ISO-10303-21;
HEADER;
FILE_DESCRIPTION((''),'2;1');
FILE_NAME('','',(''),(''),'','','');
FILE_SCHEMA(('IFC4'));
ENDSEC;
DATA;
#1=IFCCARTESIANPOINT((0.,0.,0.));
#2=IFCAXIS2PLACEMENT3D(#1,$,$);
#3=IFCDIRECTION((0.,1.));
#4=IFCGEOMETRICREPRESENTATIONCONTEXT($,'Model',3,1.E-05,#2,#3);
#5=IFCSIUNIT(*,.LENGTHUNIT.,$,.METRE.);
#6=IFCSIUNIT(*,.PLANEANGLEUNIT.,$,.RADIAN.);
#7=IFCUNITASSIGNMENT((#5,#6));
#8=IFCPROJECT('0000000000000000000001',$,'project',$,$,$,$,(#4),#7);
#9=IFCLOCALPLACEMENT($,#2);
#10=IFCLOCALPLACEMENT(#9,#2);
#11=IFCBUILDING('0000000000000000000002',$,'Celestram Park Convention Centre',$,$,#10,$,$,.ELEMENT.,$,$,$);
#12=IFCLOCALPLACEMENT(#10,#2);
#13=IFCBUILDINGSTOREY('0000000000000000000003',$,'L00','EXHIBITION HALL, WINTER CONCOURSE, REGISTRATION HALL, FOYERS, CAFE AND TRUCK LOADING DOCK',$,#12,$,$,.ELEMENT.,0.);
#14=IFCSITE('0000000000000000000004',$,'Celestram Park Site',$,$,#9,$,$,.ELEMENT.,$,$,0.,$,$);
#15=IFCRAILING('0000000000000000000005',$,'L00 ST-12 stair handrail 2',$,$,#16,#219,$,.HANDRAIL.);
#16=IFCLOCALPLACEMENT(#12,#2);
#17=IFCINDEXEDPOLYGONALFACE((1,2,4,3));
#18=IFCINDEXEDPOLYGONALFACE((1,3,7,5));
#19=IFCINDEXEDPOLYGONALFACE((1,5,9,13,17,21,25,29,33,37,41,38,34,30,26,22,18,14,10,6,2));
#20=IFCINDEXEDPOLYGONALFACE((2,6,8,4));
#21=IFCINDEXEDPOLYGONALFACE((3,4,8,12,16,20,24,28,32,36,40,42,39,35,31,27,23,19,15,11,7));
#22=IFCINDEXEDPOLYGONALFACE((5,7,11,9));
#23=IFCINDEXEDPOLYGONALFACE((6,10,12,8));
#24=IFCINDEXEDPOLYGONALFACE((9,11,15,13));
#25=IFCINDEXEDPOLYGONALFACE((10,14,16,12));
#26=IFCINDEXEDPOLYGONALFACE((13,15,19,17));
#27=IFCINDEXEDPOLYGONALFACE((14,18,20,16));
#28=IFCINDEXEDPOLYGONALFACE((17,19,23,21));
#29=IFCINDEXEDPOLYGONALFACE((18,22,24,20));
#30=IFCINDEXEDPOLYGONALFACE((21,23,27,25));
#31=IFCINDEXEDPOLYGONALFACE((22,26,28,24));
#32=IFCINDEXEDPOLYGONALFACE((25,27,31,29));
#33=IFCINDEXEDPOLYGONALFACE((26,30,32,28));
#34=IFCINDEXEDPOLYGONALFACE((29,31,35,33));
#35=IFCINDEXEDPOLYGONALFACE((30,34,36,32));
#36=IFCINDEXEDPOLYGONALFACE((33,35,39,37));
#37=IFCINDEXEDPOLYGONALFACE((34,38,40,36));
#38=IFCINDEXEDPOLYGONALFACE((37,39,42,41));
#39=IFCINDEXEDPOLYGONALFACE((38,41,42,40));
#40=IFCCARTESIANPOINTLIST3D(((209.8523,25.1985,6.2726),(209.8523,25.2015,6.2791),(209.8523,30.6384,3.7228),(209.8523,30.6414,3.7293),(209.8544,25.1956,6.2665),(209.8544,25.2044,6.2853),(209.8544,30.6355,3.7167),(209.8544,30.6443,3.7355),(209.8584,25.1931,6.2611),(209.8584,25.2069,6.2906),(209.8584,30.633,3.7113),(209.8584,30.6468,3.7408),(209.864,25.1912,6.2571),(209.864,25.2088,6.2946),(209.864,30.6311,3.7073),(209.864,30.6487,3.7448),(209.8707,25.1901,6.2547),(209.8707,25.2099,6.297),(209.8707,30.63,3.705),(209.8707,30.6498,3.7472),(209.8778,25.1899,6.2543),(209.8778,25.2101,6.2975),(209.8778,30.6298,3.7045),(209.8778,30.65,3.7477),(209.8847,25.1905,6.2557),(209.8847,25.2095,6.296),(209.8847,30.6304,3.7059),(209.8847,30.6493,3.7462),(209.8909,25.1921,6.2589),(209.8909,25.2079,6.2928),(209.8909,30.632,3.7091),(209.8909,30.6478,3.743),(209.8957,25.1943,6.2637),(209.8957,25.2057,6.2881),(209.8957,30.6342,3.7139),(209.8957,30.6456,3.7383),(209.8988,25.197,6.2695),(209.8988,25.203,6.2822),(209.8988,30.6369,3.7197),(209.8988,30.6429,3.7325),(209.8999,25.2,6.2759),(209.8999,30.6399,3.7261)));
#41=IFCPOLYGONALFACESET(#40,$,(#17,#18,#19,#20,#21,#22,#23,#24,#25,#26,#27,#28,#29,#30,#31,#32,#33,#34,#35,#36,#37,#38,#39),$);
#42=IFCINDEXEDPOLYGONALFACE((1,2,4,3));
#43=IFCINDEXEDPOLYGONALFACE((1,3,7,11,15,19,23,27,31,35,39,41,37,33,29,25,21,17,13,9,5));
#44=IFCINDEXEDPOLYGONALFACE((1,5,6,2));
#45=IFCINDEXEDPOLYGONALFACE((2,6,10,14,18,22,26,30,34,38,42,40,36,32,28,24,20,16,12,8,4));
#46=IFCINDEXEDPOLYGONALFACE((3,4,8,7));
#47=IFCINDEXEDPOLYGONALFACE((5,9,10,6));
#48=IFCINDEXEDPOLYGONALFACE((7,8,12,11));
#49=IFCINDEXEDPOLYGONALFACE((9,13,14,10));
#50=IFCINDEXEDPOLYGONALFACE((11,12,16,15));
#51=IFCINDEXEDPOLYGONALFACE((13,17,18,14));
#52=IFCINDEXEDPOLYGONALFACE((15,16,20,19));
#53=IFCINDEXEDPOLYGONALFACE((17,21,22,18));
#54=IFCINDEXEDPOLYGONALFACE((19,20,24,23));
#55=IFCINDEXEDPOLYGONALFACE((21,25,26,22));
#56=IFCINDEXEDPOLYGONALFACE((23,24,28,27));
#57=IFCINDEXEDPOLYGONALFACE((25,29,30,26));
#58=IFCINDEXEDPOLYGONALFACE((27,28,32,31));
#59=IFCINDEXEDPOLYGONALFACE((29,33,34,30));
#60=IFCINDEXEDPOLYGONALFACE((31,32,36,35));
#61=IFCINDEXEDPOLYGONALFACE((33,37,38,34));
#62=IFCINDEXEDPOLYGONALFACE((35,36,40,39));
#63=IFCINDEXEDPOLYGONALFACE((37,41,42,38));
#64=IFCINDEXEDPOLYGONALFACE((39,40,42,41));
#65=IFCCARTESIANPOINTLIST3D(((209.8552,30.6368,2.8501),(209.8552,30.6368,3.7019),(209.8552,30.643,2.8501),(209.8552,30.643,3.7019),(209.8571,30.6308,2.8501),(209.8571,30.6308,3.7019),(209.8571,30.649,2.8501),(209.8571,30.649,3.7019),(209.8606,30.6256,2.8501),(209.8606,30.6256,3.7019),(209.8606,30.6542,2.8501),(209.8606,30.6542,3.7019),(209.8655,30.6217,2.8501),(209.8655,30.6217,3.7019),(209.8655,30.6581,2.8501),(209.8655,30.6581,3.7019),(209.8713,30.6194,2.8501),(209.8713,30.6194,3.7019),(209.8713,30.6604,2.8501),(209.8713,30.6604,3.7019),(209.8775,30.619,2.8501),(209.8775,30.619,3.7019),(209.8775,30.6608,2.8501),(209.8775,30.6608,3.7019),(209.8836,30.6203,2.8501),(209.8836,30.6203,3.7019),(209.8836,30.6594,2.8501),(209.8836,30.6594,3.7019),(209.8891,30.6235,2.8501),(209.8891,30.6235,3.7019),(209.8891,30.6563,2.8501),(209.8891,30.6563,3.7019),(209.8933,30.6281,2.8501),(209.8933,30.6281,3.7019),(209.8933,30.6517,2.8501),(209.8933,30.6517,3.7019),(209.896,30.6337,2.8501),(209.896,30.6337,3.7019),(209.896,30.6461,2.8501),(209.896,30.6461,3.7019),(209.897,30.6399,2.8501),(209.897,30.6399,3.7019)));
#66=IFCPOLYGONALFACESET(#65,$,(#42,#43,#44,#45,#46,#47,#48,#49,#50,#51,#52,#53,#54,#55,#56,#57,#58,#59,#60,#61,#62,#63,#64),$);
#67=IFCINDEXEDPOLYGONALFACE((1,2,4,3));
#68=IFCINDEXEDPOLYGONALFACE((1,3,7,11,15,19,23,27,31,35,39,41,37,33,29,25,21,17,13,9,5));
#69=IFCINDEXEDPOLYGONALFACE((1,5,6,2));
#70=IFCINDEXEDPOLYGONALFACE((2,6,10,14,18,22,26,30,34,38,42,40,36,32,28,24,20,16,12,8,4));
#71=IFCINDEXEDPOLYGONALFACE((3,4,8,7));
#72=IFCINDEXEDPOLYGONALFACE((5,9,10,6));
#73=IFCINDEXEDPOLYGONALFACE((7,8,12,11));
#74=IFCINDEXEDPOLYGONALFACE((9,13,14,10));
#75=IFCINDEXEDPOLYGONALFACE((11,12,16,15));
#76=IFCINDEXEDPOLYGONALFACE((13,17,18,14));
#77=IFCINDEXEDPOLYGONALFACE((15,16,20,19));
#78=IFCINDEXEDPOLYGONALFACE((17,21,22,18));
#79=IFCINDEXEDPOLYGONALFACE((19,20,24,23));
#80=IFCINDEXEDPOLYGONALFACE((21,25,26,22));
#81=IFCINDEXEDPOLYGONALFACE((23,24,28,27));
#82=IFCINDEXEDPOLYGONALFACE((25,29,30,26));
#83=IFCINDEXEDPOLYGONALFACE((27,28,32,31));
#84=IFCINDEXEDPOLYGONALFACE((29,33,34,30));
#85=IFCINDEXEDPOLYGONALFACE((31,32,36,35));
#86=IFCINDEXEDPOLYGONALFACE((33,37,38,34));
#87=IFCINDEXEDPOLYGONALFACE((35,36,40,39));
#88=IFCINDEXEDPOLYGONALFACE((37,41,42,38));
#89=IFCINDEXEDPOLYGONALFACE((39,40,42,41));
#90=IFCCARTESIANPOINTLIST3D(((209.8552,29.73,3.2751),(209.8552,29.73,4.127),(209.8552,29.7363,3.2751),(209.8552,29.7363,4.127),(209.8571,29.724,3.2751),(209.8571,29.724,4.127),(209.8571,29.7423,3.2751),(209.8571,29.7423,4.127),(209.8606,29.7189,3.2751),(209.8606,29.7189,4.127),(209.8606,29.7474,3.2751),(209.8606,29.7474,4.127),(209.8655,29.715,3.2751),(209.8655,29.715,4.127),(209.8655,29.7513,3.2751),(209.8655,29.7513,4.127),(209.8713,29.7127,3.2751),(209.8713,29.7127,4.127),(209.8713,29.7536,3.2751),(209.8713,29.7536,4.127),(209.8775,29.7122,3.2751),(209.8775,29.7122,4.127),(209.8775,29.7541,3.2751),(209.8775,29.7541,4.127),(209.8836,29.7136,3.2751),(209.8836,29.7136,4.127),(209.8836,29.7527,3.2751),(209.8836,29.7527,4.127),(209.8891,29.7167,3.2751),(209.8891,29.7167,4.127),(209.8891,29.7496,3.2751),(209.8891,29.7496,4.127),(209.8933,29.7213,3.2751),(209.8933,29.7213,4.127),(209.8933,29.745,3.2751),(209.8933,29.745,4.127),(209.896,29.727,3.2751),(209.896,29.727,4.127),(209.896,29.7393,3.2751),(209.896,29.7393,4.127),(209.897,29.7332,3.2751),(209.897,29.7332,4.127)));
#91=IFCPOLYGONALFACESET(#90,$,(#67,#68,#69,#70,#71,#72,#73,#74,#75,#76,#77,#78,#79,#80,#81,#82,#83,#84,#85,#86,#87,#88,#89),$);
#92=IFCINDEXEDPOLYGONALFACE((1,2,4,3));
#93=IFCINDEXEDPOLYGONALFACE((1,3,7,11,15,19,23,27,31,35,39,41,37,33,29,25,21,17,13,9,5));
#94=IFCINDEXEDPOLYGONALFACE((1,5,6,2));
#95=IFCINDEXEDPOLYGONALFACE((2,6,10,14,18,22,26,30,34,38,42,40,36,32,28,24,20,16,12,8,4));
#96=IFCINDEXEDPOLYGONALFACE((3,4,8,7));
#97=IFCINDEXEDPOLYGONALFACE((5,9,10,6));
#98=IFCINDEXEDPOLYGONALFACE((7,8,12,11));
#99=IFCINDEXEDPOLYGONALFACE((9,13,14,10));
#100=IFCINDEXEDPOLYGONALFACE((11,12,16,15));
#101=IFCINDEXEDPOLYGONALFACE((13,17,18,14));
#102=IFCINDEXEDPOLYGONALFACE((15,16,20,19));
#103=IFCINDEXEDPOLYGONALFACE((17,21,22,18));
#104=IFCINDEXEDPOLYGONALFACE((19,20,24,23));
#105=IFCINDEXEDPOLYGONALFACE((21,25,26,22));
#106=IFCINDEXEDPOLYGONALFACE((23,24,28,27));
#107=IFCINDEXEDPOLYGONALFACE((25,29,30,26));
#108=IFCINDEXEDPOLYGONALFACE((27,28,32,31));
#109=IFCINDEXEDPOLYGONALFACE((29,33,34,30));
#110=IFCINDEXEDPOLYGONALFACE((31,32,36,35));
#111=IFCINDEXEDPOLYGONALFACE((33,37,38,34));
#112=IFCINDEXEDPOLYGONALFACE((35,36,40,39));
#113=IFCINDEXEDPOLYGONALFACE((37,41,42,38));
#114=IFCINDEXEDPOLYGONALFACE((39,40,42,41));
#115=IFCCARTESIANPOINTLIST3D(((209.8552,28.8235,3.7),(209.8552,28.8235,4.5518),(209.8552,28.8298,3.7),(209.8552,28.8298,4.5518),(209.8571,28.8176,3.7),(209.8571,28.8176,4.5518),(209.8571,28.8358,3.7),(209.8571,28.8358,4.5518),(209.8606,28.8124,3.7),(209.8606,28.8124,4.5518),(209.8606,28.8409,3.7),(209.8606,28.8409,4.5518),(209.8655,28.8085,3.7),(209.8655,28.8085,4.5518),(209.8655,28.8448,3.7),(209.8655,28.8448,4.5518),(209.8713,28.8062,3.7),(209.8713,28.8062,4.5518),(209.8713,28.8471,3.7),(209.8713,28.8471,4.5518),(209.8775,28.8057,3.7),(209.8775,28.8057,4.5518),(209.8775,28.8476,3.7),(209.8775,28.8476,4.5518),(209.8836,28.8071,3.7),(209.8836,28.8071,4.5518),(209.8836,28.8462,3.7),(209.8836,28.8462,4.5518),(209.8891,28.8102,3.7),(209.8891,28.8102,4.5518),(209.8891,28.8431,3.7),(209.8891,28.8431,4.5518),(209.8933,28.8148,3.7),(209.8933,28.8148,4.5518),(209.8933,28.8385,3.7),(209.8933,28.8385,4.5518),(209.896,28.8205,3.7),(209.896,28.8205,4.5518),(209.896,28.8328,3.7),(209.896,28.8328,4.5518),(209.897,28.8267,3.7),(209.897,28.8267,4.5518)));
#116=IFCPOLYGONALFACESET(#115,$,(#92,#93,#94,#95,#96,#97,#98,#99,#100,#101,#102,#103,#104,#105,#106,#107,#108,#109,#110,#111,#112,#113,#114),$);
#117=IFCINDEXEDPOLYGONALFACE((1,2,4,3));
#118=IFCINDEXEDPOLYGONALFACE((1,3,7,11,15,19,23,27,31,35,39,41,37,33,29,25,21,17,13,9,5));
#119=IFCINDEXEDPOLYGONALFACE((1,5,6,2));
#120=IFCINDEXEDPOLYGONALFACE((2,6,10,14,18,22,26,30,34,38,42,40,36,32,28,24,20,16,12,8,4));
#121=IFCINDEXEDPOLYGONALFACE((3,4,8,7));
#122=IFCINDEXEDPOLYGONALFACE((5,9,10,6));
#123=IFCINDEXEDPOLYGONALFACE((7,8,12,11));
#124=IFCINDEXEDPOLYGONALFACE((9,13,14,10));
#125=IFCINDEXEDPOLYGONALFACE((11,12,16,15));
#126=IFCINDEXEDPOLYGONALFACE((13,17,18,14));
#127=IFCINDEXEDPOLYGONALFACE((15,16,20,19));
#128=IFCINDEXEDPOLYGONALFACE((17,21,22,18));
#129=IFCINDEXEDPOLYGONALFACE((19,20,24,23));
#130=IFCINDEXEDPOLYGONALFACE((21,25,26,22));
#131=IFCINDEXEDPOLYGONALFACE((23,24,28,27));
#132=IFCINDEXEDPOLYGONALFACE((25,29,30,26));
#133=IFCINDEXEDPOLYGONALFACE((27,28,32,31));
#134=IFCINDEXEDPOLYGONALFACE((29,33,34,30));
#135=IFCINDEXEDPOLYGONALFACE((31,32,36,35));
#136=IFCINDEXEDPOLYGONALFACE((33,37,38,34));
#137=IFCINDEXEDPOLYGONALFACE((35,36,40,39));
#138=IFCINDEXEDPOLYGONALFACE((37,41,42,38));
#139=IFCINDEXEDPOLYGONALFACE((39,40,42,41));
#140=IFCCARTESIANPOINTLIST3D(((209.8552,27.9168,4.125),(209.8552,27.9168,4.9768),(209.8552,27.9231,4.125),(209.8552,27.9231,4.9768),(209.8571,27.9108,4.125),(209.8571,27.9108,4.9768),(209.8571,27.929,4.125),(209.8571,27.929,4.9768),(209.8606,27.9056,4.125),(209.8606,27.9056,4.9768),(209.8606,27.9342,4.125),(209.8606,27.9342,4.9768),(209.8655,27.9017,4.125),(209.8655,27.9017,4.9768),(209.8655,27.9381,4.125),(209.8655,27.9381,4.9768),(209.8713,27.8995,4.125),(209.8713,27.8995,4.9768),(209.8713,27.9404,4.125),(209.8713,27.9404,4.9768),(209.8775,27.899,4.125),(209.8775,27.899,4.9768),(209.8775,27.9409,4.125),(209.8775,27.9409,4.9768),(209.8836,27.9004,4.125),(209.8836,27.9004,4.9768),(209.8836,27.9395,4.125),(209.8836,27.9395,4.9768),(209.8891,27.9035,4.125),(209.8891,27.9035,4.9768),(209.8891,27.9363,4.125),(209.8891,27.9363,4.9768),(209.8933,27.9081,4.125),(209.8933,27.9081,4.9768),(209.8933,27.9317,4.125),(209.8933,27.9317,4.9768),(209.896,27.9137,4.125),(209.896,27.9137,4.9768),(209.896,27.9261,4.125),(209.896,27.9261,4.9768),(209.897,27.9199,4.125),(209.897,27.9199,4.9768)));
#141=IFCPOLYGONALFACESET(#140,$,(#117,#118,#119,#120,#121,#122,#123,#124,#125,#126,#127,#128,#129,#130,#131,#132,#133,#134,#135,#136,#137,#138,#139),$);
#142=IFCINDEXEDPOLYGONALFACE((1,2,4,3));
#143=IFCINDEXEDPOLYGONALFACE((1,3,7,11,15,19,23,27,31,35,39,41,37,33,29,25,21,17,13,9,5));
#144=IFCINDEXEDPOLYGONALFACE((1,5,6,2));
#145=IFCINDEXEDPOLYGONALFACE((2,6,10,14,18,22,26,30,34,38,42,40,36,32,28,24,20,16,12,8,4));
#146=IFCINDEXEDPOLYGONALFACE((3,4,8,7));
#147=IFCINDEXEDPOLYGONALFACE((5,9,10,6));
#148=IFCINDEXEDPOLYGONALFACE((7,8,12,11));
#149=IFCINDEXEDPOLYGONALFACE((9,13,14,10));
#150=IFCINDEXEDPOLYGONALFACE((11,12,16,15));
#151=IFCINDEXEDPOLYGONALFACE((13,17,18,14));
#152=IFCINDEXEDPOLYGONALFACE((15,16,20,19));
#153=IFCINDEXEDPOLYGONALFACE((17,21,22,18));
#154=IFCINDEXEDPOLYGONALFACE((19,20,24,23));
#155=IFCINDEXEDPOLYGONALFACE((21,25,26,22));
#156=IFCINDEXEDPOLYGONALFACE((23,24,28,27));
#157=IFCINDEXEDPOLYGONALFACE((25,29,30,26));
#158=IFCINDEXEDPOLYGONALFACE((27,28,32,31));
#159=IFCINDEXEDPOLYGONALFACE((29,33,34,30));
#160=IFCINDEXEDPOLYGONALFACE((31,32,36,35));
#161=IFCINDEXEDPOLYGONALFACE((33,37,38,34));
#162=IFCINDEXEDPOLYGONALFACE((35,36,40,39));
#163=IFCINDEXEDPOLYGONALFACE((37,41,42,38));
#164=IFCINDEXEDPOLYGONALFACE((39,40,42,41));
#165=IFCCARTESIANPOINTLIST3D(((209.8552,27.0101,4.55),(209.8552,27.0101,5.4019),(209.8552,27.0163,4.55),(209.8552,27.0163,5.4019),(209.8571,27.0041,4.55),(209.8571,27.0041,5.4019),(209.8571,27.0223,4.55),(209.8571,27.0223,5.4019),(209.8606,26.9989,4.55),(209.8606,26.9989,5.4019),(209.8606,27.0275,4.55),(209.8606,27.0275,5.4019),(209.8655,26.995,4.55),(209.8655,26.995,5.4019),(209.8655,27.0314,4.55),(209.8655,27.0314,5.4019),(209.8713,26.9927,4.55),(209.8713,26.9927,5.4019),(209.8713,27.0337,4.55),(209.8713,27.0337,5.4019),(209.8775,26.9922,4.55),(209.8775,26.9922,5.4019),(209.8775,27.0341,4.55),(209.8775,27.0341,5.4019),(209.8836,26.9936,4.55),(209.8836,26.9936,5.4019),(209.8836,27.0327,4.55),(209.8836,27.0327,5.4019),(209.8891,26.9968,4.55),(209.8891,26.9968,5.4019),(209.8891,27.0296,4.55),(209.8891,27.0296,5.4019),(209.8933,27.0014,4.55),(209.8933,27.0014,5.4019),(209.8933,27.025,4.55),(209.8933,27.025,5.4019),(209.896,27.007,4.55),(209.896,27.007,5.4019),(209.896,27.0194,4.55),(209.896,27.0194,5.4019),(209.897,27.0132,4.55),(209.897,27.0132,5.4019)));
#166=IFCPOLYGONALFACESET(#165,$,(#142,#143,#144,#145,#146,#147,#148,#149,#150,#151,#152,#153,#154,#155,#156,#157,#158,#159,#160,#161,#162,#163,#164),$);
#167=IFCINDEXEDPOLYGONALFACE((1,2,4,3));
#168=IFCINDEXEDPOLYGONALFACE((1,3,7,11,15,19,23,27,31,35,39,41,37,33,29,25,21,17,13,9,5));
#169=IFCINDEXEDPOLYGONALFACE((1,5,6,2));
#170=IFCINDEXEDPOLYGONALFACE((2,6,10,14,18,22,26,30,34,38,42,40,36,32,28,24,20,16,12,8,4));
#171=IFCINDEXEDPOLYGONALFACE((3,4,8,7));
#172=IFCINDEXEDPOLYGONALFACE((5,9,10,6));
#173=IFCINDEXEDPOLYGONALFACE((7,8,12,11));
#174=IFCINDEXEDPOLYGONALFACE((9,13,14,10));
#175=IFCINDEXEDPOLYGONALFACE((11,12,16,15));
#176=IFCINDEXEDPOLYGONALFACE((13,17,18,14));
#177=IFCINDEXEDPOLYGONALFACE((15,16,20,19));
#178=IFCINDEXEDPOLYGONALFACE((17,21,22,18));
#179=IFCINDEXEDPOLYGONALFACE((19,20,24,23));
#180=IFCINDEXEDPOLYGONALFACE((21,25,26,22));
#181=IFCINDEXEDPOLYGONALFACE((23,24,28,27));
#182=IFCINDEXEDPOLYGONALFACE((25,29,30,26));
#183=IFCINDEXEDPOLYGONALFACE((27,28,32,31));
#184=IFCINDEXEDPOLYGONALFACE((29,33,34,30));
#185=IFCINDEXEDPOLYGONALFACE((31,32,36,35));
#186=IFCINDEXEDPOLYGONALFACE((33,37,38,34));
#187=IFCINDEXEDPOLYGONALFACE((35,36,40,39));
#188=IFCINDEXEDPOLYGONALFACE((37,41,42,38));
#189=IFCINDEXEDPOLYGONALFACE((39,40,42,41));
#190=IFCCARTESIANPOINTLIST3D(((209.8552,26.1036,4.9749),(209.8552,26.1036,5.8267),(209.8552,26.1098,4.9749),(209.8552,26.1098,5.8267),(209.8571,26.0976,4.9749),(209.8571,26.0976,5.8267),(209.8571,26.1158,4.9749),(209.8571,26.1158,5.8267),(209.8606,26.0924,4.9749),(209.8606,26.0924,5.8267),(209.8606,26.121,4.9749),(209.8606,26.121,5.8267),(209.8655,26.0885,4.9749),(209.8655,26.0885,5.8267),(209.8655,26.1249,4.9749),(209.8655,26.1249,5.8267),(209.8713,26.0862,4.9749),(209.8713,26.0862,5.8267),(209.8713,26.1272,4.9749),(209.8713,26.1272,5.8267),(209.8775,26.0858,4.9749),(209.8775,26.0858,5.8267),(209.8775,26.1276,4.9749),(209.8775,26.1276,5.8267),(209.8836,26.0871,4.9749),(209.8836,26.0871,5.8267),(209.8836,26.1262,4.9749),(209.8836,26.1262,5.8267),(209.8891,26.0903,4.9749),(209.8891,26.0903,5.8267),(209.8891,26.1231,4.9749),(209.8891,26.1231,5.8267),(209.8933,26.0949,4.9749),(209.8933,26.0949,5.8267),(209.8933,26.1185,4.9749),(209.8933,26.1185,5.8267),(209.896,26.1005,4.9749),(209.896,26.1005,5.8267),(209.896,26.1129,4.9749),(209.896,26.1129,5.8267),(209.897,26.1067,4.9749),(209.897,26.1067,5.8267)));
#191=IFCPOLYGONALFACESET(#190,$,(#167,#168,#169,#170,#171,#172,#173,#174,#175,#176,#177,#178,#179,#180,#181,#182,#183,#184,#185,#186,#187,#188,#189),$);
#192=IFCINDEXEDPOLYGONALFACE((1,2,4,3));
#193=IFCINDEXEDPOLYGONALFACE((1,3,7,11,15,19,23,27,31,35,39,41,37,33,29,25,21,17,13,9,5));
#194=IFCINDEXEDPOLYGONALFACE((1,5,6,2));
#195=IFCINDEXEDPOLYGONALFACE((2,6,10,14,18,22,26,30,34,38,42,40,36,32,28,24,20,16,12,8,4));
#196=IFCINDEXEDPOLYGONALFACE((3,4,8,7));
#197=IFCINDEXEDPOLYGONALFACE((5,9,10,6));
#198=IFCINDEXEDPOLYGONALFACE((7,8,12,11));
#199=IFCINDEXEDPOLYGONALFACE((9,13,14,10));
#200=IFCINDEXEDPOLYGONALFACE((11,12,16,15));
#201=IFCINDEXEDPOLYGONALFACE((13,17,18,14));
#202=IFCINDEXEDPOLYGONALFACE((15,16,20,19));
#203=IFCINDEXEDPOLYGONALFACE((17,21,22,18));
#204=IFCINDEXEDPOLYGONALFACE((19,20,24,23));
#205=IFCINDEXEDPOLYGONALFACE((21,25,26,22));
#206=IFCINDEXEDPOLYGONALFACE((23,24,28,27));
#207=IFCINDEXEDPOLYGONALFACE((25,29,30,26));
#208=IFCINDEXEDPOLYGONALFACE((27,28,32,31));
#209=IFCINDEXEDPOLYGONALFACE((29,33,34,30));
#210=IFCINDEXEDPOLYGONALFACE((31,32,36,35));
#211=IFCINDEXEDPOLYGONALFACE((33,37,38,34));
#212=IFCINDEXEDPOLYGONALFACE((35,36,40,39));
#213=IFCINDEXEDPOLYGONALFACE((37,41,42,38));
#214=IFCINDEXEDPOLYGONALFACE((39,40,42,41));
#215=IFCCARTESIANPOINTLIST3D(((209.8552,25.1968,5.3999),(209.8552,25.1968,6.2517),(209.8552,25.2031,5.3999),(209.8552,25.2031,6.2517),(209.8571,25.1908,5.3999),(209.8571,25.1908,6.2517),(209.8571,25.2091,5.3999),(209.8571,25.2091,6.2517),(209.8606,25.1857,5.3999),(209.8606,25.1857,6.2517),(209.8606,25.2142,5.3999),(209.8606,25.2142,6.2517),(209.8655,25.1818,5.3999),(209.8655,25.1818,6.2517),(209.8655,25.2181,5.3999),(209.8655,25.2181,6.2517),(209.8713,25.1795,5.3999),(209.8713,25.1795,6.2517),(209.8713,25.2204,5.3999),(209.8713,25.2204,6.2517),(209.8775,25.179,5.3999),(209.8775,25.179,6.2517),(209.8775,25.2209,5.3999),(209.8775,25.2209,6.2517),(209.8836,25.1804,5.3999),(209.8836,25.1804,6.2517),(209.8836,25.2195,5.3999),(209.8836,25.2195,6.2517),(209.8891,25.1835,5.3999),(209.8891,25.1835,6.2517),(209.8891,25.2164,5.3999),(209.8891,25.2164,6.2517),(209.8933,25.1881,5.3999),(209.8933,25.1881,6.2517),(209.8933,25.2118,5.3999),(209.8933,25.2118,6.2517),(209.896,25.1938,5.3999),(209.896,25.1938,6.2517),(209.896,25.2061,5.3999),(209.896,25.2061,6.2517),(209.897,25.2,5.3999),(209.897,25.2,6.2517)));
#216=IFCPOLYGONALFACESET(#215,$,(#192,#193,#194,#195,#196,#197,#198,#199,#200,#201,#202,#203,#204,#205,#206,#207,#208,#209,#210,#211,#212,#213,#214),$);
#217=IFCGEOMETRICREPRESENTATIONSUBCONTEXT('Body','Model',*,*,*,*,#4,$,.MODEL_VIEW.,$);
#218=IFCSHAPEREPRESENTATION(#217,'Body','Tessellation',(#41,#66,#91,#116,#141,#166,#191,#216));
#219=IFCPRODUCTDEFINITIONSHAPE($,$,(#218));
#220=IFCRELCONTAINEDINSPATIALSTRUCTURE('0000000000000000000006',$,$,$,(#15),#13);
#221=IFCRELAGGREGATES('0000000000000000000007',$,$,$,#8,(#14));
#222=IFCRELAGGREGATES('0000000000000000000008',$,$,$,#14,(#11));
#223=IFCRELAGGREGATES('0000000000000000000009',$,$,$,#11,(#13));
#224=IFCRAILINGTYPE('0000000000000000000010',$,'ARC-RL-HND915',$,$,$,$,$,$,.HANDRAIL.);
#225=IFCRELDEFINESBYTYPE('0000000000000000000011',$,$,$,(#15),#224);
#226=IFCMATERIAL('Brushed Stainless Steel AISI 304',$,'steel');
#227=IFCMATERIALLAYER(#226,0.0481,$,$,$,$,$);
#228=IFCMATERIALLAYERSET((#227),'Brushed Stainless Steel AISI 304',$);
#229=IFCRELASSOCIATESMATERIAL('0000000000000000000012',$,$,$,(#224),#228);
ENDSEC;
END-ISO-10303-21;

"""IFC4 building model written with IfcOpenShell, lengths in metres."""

from ifc_helpers import new_model, si_unit, direction, frame, origin, origin_2d, place, context, subcontext, project, spatial, circle, extrude, material, layer, layer_set, type_object, element, save


model = new_model("IFC4")

# Units and contexts
model_context = context("Model", 3, precision=1e-05, world=origin(), true_north=direction((0.0, 1.0)))
body_context = subcontext(model_context, "Body", "Model", "MODEL_VIEW")
ifc_project = project(units=[si_unit("LENGTHUNIT", "METRE"), si_unit("PLANEANGLEUNIT", "RADIAN")], contexts=[model_context])

# Site, building, storey
site_placement = place(None, origin())
site = spatial("IfcSite", under=ifc_project, at=site_placement, Name="Celestram Park Site", CompositionType="ELEMENT", RefElevation=0.0)
building_placement = place(site_placement, origin())
building = spatial("IfcBuilding", under=site, at=building_placement, Name="Celestram Park Convention Centre", CompositionType="ELEMENT")
storey_placement = place(building_placement, origin())
storey = spatial("IfcBuildingStorey", under=building, at=storey_placement, Name="L00", Description="EXHIBITION HALL, WINTER CONCOURSE, REGISTRATION HALL, FOYERS, CAFE AND TRUCK LOADING DOCK", CompositionType="ELEMENT", Elevation=0.0)

# Railing
ifc_material_1 = material(Name="Brushed Stainless Steel AISI 304", Category="steel")
ifc_layer_1 = layer(ifc_material_1, 0.0481)
ifc_layer_set_1 = layer_set([ifc_layer_1], Name="Brushed Stainless Steel AISI 304")
railing_type = type_object("IfcRailingType", Name="ARC-RL-HND915", PredefinedType="HANDRAIL", material=ifc_layer_set_1)
railing_placement = place(storey_placement, frame((209.876, 30.6399, 2.8501)))
element("IfcRailing", 1, at=railing_placement, inside=storey, type_object=railing_type, Name="L00 ST-12 stair handrail 2", PredefinedType="HANDRAIL", context=body_context, shape_type="SweptSolid", body=[
    extrude(circle(Radius=0.0239, at=origin_2d()), frame((0.0, 0.0, 0.876), z_axis=(0.0, -0.90547, 0.424411), x_axis=(1.0, 0.0, 0.0)), (0.0, 0.0, 1.0), 6.0078),
    extrude(circle(Radius=0.021, at=origin_2d()), origin(), (0.0, 0.0, 1.0), 0.8518),
    extrude(circle(Radius=0.021, at=origin_2d()), frame((0.0, -0.9067, 0.425)), (0.0, 0.0, 1.0), 0.8518),
    extrude(circle(Radius=0.021, at=origin_2d()), frame((0.0, -1.8132, 0.8499)), (0.0, 0.0, 1.0), 0.8518),
    extrude(circle(Radius=0.021, at=origin_2d()), frame((0.0, -2.72, 1.2749)), (0.0, 0.0, 1.0), 0.8518),
    extrude(circle(Radius=0.021, at=origin_2d()), frame((0.0, -3.6267, 1.7)), (0.0, 0.0, 1.0), 0.8518),
    extrude(circle(Radius=0.021, at=origin_2d()), frame((0.0, -4.5332, 2.1248)), (0.0, 0.0, 1.0), 0.8518),
    extrude(circle(Radius=0.021, at=origin_2d()), frame((0.0, -5.4399, 2.5498)), (0.0, 0.0, 1.0), 0.8518),
])

save(model, "model.ifc")
